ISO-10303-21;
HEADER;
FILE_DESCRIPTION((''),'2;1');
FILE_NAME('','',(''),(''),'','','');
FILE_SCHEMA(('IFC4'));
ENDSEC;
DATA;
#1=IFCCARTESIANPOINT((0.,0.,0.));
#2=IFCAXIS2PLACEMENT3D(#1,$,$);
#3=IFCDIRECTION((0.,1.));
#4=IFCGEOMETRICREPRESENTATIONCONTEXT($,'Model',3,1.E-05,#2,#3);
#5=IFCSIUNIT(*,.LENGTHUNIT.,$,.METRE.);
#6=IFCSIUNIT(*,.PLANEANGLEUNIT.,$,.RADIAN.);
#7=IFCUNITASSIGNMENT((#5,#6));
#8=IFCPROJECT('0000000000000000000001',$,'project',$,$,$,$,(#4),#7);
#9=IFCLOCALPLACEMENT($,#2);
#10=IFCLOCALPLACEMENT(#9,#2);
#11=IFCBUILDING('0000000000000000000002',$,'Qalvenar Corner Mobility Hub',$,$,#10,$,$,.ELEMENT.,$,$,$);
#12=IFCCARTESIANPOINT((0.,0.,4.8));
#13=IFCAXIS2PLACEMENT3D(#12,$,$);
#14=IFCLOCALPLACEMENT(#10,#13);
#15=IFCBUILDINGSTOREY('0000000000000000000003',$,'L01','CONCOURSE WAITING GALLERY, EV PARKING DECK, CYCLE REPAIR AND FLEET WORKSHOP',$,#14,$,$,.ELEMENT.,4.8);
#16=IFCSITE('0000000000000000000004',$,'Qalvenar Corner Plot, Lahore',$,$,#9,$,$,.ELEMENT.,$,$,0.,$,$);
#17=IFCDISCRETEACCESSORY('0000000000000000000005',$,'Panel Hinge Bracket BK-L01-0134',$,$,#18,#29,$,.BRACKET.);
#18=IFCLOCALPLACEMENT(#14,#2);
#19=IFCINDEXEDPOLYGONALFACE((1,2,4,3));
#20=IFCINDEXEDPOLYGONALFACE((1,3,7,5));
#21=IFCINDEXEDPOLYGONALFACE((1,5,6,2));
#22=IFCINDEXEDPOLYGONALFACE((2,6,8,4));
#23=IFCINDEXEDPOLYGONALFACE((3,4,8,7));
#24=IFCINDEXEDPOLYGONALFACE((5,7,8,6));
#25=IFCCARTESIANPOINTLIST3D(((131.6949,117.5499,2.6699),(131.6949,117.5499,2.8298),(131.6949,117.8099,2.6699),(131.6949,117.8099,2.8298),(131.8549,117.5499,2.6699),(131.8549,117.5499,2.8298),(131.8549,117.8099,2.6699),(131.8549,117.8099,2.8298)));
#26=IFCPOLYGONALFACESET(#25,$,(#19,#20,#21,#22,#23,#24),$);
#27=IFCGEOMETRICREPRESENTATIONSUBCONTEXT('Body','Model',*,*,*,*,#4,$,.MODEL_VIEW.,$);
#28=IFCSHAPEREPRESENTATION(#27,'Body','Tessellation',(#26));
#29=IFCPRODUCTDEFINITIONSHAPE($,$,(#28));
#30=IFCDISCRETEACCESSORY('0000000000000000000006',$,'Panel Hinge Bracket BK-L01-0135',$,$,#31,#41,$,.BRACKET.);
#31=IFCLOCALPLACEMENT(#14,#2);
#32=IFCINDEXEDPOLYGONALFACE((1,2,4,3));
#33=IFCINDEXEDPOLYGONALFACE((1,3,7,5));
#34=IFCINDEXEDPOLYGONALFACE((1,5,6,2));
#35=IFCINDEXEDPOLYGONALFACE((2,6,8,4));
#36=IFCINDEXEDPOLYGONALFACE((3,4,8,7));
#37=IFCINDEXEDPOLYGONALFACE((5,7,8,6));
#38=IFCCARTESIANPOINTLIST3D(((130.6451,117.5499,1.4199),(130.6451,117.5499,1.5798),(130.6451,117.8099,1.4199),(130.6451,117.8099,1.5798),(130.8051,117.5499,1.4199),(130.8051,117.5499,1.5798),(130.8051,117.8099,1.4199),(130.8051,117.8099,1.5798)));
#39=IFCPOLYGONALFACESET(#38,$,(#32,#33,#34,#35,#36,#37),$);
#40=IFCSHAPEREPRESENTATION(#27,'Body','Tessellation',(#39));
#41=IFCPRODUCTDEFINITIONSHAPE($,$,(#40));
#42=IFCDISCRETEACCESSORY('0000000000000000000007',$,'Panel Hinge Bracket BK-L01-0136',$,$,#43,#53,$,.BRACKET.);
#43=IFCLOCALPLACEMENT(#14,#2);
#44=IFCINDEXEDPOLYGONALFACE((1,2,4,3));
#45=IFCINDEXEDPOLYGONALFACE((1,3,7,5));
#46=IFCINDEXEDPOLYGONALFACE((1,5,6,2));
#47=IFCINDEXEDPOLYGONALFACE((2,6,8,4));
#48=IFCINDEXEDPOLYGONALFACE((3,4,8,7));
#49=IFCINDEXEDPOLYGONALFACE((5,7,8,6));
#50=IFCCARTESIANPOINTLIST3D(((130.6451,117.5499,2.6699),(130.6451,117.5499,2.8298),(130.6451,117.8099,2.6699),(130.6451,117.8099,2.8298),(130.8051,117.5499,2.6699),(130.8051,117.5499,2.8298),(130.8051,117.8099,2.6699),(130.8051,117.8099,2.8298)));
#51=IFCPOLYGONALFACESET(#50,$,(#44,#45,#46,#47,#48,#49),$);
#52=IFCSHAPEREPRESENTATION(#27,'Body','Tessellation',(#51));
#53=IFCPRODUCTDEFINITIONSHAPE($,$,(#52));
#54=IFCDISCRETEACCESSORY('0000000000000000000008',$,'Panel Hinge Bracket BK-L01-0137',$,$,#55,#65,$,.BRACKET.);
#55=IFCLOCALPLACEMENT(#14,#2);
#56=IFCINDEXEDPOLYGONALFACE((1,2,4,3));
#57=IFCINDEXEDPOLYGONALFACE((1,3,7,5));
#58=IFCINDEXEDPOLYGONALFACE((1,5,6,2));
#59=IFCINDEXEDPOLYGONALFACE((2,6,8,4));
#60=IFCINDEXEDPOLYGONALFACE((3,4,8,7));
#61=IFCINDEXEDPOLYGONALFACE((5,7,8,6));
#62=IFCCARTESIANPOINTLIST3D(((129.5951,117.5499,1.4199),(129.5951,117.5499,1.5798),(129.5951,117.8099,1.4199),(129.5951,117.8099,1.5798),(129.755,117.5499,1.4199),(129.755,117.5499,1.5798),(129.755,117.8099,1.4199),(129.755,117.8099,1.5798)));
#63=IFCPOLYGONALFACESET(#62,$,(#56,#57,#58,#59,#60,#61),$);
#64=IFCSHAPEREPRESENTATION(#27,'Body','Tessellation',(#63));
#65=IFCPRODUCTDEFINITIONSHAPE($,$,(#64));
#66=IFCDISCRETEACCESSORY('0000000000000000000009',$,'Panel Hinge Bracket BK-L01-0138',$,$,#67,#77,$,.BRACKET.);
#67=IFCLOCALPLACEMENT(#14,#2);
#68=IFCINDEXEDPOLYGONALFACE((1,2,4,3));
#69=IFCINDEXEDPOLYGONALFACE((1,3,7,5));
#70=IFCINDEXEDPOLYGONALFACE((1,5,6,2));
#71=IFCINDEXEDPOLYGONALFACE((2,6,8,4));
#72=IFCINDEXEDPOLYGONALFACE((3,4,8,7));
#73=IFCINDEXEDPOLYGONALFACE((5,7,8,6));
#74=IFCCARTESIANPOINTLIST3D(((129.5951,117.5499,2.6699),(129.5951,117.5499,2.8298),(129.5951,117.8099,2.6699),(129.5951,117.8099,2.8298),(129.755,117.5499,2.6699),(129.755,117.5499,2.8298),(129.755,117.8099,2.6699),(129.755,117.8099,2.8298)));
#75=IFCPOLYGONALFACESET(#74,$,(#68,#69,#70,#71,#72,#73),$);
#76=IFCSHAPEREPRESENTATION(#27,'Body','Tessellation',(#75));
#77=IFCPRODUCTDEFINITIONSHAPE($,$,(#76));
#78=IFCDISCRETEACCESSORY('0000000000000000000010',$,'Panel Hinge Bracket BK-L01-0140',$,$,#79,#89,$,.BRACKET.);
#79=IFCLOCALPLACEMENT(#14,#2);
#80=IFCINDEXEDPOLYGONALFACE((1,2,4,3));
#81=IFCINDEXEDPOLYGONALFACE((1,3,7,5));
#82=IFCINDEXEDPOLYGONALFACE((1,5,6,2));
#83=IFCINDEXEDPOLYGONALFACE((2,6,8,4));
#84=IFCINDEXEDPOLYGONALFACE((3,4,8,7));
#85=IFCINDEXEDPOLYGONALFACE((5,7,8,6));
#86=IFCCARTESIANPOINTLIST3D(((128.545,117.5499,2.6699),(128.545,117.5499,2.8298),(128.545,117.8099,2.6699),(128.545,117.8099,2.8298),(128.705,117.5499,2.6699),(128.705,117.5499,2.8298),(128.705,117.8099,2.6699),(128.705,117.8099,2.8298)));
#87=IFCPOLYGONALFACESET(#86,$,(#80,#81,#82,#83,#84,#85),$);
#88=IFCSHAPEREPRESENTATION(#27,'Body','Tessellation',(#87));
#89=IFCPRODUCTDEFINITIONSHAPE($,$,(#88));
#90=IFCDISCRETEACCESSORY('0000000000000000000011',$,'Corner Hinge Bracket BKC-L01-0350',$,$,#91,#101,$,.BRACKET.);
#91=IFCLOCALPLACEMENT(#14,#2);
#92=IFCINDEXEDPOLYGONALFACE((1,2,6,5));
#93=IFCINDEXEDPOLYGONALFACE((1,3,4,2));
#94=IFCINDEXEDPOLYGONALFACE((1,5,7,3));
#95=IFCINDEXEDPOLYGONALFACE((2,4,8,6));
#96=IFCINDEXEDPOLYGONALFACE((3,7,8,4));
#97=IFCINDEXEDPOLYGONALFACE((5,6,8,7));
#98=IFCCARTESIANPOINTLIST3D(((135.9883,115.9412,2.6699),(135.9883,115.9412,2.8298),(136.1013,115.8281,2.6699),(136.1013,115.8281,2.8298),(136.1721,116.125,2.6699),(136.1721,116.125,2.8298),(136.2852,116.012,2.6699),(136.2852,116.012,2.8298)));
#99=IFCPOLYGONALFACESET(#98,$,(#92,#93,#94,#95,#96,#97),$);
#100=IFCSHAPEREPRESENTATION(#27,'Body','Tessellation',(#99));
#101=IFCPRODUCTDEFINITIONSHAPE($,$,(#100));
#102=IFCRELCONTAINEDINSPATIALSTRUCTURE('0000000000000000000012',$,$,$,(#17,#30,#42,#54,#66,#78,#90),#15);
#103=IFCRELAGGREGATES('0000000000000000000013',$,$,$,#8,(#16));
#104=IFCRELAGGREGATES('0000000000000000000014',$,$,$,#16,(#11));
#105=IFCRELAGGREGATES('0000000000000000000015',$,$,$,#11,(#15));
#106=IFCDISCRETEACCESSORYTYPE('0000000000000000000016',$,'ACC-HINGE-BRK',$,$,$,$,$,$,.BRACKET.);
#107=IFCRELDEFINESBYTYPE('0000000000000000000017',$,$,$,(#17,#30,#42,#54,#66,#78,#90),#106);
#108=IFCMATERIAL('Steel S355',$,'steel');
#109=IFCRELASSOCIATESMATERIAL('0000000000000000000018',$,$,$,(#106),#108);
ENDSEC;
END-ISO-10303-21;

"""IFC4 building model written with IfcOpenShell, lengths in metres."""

from ifc_helpers import new_model, si_unit, direction, frame, origin, origin_2d, place, context, subcontext, project, spatial, rectangle, extrude, material, type_object, element, save


model = new_model("IFC4")

# Units and contexts
model_context = context("Model", 3, precision=1e-05, world=origin(), true_north=direction((0.0, 1.0)))
body_context = subcontext(model_context, "Body", "Model", "MODEL_VIEW")
ifc_project = project(units=[si_unit("LENGTHUNIT", "METRE"), si_unit("PLANEANGLEUNIT", "RADIAN")], contexts=[model_context])

# Site, building, storey
site_placement = place(None, origin())
site = spatial("IfcSite", under=ifc_project, at=site_placement, Name="Qalvenar Corner Plot, Lahore", CompositionType="ELEMENT", RefElevation=0.0)
building_placement = place(site_placement, origin())
building = spatial("IfcBuilding", under=site, at=building_placement, Name="Qalvenar Corner Mobility Hub", CompositionType="ELEMENT")
storey_placement = place(building_placement, frame((0.0, 0.0, 4.8)))
storey = spatial("IfcBuildingStorey", under=building, at=storey_placement, Name="L01", Description="CONCOURSE WAITING GALLERY, EV PARKING DECK, CYCLE REPAIR AND FLEET WORKSHOP", CompositionType="ELEMENT", Elevation=4.8)

# Shared definitions
ifc_material_1 = material(Name="Steel S355", Category="steel")

# Discrete accessories
discrete_accessory_type = type_object("IfcDiscreteAccessoryType", Name="ACC-HINGE-BRK", PredefinedType="BRACKET", material=ifc_material_1)
for number, where, z_axis, x_axis, name in (
    (1, (131.7749, 117.6799, 2.6699), (0.0, 0.0, 1.0), (-1.0, 0.0, 0.0), "Panel Hinge Bracket BK-L01-0134"),
    (2, (130.7251, 117.6799, 1.4199), (0.0, 0.0, 1.0), (-1.0, 0.0, 0.0), "Panel Hinge Bracket BK-L01-0135"),
    (3, (130.7251, 117.6799, 2.6699), (0.0, 0.0, 1.0), (-1.0, 0.0, 0.0), "Panel Hinge Bracket BK-L01-0136"),
    (4, (129.675, 117.6799, 1.4199), (0.0, 0.0, 1.0), (-1.0, 0.0, 0.0), "Panel Hinge Bracket BK-L01-0137"),
    (5, (129.675, 117.6799, 2.6699), (0.0, 0.0, 1.0), (-1.0, 0.0, 0.0), "Panel Hinge Bracket BK-L01-0138"),
    (6, (128.625, 117.6799, 2.6699), (0.0, 0.0, 1.0), (-1.0, 0.0, 0.0), "Panel Hinge Bracket BK-L01-0140"),
    (7, (136.1367, 115.9766, 2.6699), (0.0, 0.0, 1.0), (-0.707107, 0.707107, 0.0), "Corner Hinge Bracket BKC-L01-0350"),
):
    element("IfcDiscreteAccessory", number, at=place(storey_placement, frame(where, z_axis=z_axis, x_axis=x_axis)), inside=storey, type_object=discrete_accessory_type, Name=name, PredefinedType="BRACKET", context=body_context, shape_type="SweptSolid", body=[
        extrude(rectangle(XDim=0.1599, YDim=0.26, at=origin_2d()), origin(), (0.0, 0.0, 1.0), 0.1599),
    ])

save(model, "model.ifc")
